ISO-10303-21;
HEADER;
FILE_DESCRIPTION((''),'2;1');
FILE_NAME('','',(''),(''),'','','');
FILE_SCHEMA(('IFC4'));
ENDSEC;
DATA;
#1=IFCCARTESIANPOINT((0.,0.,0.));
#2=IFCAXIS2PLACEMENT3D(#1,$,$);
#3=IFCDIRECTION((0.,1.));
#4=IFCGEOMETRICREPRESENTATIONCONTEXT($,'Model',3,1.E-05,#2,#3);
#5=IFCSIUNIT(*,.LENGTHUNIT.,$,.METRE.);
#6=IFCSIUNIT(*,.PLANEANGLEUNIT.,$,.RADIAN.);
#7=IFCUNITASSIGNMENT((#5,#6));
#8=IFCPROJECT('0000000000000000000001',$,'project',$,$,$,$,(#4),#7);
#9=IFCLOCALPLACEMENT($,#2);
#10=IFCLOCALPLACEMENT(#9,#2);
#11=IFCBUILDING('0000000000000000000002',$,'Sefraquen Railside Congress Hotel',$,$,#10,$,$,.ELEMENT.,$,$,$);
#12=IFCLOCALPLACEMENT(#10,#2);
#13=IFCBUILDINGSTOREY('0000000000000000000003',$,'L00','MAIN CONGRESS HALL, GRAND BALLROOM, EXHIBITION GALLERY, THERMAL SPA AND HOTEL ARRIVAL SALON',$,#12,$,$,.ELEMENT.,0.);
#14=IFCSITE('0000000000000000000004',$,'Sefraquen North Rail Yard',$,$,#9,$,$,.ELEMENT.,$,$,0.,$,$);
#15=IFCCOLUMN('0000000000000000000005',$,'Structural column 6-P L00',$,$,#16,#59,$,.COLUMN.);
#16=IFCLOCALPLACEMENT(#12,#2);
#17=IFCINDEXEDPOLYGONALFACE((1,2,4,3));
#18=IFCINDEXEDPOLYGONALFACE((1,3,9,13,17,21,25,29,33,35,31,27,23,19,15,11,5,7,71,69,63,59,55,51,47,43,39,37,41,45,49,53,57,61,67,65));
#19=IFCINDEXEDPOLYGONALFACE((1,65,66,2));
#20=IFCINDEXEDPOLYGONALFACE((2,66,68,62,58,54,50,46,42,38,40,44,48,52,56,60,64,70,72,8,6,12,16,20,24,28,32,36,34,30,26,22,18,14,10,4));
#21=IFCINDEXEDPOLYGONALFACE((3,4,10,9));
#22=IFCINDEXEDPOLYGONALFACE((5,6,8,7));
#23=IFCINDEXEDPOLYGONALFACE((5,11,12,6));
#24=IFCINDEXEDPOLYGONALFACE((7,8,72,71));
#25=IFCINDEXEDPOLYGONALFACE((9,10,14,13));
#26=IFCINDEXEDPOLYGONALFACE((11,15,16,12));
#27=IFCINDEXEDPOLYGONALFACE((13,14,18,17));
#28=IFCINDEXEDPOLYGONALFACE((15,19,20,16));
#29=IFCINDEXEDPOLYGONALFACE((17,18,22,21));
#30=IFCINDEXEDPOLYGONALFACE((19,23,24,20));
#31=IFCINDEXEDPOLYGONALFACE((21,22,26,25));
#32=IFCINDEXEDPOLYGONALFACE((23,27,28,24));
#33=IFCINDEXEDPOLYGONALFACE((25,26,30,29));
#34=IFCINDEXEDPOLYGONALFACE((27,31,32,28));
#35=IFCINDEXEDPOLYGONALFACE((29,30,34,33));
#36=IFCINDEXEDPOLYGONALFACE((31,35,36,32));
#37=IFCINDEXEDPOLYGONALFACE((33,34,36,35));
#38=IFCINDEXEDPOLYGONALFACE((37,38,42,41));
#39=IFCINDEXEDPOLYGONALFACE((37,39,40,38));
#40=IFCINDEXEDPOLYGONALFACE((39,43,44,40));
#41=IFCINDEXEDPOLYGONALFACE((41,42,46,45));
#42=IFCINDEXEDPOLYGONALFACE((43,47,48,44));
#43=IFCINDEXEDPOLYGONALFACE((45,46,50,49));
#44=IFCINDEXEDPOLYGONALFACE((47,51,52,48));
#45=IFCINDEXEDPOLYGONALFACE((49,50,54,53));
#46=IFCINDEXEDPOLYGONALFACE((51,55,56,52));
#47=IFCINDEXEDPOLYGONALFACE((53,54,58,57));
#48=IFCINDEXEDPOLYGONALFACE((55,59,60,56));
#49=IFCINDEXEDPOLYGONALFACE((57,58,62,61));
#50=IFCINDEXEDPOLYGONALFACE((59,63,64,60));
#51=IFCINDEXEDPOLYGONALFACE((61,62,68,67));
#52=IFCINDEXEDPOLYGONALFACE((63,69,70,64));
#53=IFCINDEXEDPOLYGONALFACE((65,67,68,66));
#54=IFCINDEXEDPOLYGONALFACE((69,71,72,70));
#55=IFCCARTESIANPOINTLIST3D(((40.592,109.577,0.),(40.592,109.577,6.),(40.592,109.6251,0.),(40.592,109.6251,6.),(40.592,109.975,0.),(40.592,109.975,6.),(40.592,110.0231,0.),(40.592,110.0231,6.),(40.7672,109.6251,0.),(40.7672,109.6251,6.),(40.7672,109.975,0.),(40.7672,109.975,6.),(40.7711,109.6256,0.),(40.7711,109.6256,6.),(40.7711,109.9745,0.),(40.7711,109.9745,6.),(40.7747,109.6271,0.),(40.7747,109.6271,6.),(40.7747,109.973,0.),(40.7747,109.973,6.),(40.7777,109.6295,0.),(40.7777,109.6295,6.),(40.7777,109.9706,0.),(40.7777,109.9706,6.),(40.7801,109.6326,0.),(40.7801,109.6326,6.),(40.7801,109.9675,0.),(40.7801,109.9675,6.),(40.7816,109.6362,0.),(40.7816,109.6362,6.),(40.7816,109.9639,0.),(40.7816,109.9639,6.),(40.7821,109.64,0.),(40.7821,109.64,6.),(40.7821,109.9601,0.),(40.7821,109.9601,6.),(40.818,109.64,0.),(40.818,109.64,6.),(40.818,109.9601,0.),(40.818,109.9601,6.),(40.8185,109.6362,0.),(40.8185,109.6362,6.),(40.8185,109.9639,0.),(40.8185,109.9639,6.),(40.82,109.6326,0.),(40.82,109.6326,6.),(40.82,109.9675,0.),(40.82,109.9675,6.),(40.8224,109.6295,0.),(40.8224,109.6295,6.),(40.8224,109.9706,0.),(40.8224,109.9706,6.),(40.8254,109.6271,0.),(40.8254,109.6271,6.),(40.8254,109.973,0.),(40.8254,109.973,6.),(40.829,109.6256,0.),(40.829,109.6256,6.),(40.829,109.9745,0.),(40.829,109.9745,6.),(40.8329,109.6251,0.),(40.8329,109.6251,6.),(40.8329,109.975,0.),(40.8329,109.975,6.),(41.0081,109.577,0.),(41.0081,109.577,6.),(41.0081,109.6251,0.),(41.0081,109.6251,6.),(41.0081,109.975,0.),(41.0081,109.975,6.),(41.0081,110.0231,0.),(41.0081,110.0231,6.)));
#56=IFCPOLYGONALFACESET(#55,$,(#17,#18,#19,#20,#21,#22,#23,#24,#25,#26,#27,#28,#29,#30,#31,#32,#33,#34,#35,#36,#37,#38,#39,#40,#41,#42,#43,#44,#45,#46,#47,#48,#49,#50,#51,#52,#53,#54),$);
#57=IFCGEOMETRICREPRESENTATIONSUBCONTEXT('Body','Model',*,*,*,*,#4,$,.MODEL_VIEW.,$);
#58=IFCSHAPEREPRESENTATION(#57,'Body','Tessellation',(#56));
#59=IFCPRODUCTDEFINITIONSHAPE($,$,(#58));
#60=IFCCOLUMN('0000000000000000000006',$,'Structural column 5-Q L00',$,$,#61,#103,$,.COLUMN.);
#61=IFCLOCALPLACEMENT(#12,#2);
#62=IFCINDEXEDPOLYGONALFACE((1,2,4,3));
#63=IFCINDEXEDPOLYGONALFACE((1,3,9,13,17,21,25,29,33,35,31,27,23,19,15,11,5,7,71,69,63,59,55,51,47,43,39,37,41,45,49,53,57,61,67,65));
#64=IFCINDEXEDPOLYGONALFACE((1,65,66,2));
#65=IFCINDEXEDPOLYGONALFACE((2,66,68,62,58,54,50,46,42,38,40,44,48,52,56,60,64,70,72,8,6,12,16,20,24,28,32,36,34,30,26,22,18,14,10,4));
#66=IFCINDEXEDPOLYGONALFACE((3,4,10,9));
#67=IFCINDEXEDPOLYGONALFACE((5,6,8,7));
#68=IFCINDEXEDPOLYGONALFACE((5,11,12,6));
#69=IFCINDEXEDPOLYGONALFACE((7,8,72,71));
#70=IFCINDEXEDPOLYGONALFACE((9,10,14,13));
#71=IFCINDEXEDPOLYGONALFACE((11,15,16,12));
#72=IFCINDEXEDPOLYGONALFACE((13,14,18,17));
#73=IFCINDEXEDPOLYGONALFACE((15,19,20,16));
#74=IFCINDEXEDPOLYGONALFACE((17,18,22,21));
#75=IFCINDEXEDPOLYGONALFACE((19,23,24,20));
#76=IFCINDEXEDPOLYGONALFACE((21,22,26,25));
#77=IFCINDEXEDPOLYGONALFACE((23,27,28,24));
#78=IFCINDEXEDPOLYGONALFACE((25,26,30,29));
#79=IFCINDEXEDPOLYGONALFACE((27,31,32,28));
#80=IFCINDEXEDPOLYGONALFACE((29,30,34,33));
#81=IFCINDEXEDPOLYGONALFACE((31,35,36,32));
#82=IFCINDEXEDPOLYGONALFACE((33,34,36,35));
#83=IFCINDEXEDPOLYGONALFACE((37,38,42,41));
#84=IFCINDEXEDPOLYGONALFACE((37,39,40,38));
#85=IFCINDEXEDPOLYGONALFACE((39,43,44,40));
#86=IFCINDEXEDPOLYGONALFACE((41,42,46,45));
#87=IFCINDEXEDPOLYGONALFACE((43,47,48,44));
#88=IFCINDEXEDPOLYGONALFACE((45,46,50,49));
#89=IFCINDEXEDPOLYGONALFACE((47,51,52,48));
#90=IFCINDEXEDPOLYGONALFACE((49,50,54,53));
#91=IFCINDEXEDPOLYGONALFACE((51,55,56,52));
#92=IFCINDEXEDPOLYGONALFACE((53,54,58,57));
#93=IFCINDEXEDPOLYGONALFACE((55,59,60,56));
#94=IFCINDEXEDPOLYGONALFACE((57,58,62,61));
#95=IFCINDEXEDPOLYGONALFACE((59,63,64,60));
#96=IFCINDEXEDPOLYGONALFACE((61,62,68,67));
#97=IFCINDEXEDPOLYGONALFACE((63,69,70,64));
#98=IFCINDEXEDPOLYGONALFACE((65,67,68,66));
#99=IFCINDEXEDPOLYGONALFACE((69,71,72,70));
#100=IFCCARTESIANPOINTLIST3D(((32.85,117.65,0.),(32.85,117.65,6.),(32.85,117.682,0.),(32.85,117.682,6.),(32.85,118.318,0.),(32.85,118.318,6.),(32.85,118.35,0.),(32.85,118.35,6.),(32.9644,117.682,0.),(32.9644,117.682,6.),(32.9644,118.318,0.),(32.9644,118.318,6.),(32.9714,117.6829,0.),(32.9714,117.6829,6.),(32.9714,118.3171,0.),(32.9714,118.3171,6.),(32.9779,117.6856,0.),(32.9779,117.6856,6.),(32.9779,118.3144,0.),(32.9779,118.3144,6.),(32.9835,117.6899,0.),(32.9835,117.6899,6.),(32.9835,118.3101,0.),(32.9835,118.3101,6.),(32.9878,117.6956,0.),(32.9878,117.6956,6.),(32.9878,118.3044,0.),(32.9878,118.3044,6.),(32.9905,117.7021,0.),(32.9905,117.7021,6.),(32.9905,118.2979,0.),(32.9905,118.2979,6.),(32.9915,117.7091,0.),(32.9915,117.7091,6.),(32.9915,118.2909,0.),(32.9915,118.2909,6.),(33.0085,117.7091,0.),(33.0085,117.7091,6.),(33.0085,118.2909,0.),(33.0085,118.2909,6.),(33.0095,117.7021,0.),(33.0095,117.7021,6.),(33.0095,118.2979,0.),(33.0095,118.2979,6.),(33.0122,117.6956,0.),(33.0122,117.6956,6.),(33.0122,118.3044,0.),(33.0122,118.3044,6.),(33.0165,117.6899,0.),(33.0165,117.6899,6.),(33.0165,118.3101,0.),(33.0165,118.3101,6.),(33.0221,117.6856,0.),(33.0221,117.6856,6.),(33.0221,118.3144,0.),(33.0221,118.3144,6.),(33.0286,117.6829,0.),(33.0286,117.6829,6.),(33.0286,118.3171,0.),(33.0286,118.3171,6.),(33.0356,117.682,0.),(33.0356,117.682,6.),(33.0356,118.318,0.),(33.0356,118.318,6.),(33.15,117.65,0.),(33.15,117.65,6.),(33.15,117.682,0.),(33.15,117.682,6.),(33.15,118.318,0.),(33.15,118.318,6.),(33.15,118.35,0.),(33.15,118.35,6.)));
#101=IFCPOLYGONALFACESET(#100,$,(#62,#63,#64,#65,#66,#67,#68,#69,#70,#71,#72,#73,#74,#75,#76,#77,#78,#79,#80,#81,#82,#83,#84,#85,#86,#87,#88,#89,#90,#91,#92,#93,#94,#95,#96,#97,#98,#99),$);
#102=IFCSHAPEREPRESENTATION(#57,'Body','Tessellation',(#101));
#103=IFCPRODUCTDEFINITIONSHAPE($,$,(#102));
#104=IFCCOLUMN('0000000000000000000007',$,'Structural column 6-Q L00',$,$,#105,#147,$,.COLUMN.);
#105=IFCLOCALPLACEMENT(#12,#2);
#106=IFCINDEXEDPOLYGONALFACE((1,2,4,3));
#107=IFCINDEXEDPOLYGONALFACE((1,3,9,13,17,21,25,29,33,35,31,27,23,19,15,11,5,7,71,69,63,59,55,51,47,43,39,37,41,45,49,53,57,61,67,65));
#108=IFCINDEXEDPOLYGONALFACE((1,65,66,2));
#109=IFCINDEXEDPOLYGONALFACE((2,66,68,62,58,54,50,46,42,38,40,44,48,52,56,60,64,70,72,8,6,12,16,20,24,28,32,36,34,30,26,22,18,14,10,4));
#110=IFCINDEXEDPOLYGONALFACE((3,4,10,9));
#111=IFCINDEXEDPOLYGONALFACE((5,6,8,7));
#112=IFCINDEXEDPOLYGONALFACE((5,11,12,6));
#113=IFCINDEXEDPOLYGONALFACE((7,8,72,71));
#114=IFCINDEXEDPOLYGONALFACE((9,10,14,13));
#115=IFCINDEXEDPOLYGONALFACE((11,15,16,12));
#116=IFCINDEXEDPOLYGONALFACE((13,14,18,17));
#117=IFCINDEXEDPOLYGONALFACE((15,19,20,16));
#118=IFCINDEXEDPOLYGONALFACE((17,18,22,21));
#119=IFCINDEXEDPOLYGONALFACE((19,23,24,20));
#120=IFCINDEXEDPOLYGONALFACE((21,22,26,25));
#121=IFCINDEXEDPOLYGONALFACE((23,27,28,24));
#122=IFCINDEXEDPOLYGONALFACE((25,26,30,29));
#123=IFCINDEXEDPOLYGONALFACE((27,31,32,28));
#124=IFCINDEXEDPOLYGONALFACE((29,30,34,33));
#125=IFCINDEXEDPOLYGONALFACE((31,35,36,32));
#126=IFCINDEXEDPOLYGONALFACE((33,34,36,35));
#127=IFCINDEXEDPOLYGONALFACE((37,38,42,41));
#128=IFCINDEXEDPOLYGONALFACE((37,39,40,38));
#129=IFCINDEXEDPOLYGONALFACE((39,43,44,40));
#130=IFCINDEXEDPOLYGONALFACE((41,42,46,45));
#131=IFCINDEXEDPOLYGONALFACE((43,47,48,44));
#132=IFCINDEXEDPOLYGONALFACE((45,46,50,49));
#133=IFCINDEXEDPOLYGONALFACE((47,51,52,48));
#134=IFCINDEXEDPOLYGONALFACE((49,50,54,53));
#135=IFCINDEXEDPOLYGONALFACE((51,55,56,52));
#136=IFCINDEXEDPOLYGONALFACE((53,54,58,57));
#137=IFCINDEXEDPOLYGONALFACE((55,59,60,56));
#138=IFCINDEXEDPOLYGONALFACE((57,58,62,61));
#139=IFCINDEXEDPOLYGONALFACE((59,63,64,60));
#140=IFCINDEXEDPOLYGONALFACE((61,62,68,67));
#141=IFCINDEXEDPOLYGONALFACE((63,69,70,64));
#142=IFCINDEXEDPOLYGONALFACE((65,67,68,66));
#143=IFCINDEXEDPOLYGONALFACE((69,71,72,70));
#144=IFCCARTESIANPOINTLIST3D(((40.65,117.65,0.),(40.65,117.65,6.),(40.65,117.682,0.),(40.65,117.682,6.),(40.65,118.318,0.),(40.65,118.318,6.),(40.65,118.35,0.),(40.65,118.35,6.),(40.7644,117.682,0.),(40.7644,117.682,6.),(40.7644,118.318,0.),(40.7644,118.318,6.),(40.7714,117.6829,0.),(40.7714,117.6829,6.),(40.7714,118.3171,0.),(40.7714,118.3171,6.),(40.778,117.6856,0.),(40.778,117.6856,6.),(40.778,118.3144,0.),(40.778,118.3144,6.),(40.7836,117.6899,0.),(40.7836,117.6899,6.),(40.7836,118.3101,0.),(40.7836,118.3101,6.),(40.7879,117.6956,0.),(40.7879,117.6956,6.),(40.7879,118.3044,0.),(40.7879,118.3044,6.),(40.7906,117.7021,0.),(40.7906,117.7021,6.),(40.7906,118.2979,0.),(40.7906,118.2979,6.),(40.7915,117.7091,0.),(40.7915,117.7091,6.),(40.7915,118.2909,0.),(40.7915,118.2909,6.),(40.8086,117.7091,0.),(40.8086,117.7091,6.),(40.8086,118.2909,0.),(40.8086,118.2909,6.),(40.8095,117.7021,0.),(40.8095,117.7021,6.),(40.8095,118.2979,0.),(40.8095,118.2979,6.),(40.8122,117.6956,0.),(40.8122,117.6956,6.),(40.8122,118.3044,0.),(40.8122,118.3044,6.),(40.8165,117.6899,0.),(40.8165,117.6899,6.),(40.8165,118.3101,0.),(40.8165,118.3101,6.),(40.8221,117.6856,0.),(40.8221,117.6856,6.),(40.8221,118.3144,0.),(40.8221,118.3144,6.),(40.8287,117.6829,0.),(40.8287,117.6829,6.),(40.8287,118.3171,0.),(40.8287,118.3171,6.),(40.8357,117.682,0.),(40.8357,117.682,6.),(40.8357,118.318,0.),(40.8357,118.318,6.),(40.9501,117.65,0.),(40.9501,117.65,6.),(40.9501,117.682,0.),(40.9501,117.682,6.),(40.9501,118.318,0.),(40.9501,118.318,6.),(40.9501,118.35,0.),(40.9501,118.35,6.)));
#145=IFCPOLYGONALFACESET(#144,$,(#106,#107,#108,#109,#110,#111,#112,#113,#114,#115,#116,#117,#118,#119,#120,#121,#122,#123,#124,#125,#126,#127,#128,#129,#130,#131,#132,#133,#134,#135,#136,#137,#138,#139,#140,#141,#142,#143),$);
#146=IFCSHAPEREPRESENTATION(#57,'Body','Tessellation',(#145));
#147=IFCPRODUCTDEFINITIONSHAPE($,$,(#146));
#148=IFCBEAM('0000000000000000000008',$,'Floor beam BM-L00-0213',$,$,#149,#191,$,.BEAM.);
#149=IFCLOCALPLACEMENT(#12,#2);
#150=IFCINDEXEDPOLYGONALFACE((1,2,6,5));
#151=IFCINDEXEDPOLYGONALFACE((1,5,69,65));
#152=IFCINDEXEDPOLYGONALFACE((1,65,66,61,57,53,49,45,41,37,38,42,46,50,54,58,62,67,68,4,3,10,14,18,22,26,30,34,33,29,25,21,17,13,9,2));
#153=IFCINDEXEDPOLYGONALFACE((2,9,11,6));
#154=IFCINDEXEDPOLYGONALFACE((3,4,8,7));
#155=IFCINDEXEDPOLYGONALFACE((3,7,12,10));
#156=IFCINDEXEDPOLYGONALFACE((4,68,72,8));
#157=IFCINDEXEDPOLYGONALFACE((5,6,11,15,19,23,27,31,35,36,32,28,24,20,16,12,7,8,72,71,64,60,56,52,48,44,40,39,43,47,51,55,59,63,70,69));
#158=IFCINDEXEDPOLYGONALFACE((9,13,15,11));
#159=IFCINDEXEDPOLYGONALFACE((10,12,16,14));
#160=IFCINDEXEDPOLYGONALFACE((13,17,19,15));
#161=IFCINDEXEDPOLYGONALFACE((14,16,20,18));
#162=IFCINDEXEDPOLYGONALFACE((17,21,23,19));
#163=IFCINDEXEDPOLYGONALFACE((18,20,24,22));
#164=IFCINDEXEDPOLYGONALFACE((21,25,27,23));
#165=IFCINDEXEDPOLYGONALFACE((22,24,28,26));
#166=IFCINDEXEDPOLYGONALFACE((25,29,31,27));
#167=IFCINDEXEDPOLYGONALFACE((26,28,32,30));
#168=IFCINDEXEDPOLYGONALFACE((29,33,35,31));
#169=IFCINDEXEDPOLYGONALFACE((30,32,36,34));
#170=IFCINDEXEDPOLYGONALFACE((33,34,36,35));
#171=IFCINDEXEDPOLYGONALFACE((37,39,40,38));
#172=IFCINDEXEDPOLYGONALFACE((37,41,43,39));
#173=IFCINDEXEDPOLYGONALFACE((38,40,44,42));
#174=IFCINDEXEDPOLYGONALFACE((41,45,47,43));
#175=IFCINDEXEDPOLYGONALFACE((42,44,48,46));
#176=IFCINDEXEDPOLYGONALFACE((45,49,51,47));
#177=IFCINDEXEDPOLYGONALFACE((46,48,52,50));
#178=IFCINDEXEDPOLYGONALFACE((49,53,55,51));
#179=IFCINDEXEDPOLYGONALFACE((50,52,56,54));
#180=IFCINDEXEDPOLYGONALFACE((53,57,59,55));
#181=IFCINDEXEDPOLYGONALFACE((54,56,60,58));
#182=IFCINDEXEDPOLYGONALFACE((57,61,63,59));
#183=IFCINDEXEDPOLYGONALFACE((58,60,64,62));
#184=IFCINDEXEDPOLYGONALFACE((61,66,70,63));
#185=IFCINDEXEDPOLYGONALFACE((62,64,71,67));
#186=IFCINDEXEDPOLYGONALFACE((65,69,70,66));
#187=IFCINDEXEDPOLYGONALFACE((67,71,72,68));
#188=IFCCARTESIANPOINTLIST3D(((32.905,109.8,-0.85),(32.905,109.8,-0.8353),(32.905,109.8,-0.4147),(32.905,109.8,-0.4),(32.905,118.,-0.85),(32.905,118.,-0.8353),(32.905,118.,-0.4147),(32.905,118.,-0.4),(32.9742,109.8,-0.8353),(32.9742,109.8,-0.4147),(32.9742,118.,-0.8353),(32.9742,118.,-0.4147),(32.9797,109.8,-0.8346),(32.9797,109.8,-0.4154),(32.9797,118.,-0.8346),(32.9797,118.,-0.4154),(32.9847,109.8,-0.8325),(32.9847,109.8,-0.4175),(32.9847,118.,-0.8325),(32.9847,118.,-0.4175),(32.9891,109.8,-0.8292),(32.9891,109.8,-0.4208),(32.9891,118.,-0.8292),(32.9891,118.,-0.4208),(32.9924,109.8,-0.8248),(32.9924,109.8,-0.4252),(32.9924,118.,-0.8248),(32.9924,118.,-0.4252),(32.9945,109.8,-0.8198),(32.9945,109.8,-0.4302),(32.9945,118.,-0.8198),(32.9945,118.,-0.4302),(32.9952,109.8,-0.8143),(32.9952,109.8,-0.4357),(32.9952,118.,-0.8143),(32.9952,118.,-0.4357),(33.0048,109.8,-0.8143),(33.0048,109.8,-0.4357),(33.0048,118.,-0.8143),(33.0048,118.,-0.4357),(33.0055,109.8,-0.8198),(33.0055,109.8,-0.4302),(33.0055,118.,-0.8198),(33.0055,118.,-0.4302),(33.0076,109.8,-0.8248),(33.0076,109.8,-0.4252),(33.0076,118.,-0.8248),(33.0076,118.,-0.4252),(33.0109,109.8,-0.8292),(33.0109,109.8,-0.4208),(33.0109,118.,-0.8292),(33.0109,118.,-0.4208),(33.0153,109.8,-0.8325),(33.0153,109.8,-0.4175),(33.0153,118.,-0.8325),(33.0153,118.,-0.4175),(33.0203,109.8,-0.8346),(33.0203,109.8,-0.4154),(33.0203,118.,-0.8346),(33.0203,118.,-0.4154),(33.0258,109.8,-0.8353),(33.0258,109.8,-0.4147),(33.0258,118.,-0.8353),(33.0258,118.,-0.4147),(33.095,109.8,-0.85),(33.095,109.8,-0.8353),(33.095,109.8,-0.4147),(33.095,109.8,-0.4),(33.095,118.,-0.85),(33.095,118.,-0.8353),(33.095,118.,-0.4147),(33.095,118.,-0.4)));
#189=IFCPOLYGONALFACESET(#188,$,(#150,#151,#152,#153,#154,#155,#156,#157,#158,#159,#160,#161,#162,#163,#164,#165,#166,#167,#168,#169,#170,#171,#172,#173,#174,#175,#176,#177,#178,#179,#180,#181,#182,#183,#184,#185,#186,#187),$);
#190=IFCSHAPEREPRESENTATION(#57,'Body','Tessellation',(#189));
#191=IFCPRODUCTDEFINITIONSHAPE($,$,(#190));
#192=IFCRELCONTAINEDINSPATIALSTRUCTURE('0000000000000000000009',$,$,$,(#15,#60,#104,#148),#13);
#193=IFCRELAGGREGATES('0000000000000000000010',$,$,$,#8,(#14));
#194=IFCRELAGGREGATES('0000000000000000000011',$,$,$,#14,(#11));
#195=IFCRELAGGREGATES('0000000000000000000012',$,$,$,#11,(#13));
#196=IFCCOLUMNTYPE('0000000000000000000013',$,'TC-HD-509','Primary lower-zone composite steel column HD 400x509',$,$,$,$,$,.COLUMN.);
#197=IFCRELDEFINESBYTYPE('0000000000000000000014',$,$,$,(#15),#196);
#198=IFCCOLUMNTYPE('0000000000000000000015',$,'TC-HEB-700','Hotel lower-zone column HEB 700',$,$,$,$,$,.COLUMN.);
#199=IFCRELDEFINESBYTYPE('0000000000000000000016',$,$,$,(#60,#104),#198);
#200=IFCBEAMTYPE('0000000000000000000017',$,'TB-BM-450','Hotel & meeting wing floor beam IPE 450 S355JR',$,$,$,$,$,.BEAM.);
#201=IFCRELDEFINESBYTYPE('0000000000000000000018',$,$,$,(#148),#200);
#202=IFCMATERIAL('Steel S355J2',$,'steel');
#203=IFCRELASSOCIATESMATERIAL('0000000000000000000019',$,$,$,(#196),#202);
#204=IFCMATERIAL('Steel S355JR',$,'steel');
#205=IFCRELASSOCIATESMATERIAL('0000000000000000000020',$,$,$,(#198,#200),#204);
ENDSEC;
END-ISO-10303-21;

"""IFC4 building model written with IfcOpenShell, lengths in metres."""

from ifc_helpers import new_model, si_unit, direction, frame, origin, origin_2d, place, context, subcontext, project, spatial, i_section, extrude, material, material_profile, profile_set, type_object, element, save


model = new_model("IFC4")

# Units and contexts
model_context = context("Model", 3, precision=1e-05, world=origin(), true_north=direction((0.0, 1.0)))
body_context = subcontext(model_context, "Body", "Model", "MODEL_VIEW")
ifc_project = project(units=[si_unit("LENGTHUNIT", "METRE"), si_unit("PLANEANGLEUNIT", "RADIAN")], contexts=[model_context])

# Site, building, storey
site_placement = place(None, origin())
site = spatial("IfcSite", under=ifc_project, at=site_placement, Name="Sefraquen North Rail Yard", CompositionType="ELEMENT", RefElevation=0.0)
building_placement = place(site_placement, origin())
building = spatial("IfcBuilding", under=site, at=building_placement, Name="Sefraquen Railside Congress Hotel", CompositionType="ELEMENT")
storey_placement = place(building_placement, origin())
storey = spatial("IfcBuildingStorey", under=building, at=storey_placement, Name="L00", Description="MAIN CONGRESS HALL, GRAND BALLROOM, EXHIBITION GALLERY, THERMAL SPA AND HOTEL ARRIVAL SALON", CompositionType="ELEMENT", Elevation=0.0)

# Columns
ifc_material_1 = material(Name="Steel S355J2", Category="steel")
ifc_material_profile_1 = material_profile(ifc_material_1, i_section(OverallWidth=0.416, OverallDepth=0.446, WebThickness=0.0359, FlangeThickness=0.0481, FilletRadius=0.0149, at=origin_2d()), Name="HD 400x509")
ifc_profile_set_1 = profile_set([ifc_material_profile_1], Name="Steel S355J2")
column_type_1 = type_object("IfcColumnType", Name="TC-HD-509", Description="Primary lower-zone composite steel column HD 400x509", PredefinedType="COLUMN", material=ifc_profile_set_1)
column_placement = place(storey_placement, frame((40.8, 109.8, 0.0), z_axis=(0.0, 0.0, 1.0), x_axis=(1.0, 0.0, 0.0)))
element("IfcColumn", 1, at=column_placement, inside=storey, type_object=column_type_1, Name="Structural column 6-P L00", PredefinedType="COLUMN", context=body_context, shape_type="SweptSolid", body=[
    extrude(i_section(OverallWidth=0.416, OverallDepth=0.446, WebThickness=0.0359, FlangeThickness=0.0481, FilletRadius=0.0149, at=origin_2d()), origin(), (0.0, 0.0, 1.0), 6.0),
])
ifc_material_2 = material(Name="Steel S355JR", Category="steel")
ifc_material_profile_2 = material_profile(ifc_material_2, i_section(OverallWidth=0.3, OverallDepth=0.7, WebThickness=0.0171, FlangeThickness=0.032, FilletRadius=0.0271, at=origin_2d()), Name="HEB 700")
ifc_profile_set_2 = profile_set([ifc_material_profile_2], Name="Steel S355JR")
column_type_2 = type_object("IfcColumnType", Name="TC-HEB-700", Description="Hotel lower-zone column HEB 700", PredefinedType="COLUMN", material=ifc_profile_set_2)
for number, where, z_axis, x_axis, name in (
    (2, (33.0, 118.0, 0.0), (0.0, 0.0, 1.0), (1.0, 0.0, 0.0), "Structural column 5-Q L00"),
    (3, (40.8, 118.0, 0.0), (0.0, 0.0, 1.0), (1.0, 0.0, 0.0), "Structural column 6-Q L00"),
):
    element("IfcColumn", number, at=place(storey_placement, frame(where, z_axis=z_axis, x_axis=x_axis)), inside=storey, type_object=column_type_2, Name=name, PredefinedType="COLUMN", context=body_context, shape_type="SweptSolid", body=[
        extrude(i_section(OverallWidth=0.3, OverallDepth=0.7, WebThickness=0.0171, FlangeThickness=0.032, FilletRadius=0.0271, at=origin_2d()), origin(), (0.0, 0.0, 1.0), 6.0),
    ])

# Beam
ifc_material_profile_3 = material_profile(ifc_material_2, i_section(OverallWidth=0.1899, OverallDepth=0.45, WebThickness=0.0095, FlangeThickness=0.0146, FilletRadius=0.021, at=origin_2d()), Name="IPE 450")
ifc_profile_set_3 = profile_set([ifc_material_profile_3], Name="Steel S355JR")
beam_type_1 = type_object("IfcBeamType", Name="TB-BM-450", Description="Hotel & meeting wing floor beam IPE 450 S355JR", PredefinedType="BEAM", material=ifc_profile_set_3)
for number, where, z_axis, x_axis, name in (
    (4, (33.0, 109.8, -0.625), (0.0, 1.0, 0.0), (-1.0, 0.0, 0.0), "Floor beam BM-L00-0213"),
):
    element("IfcBeam", number, at=place(storey_placement, frame(where, z_axis=z_axis, x_axis=x_axis)), inside=storey, type_object=beam_type_1, Name=name, PredefinedType="BEAM", context=body_context, shape_type="SweptSolid", body=[
        extrude(i_section(OverallWidth=0.1899, OverallDepth=0.45, WebThickness=0.0095, FlangeThickness=0.0146, FilletRadius=0.021, at=origin_2d()), origin(), (0.0, 0.0, 1.0), 8.2),
    ])

save(model, "model.ifc")
